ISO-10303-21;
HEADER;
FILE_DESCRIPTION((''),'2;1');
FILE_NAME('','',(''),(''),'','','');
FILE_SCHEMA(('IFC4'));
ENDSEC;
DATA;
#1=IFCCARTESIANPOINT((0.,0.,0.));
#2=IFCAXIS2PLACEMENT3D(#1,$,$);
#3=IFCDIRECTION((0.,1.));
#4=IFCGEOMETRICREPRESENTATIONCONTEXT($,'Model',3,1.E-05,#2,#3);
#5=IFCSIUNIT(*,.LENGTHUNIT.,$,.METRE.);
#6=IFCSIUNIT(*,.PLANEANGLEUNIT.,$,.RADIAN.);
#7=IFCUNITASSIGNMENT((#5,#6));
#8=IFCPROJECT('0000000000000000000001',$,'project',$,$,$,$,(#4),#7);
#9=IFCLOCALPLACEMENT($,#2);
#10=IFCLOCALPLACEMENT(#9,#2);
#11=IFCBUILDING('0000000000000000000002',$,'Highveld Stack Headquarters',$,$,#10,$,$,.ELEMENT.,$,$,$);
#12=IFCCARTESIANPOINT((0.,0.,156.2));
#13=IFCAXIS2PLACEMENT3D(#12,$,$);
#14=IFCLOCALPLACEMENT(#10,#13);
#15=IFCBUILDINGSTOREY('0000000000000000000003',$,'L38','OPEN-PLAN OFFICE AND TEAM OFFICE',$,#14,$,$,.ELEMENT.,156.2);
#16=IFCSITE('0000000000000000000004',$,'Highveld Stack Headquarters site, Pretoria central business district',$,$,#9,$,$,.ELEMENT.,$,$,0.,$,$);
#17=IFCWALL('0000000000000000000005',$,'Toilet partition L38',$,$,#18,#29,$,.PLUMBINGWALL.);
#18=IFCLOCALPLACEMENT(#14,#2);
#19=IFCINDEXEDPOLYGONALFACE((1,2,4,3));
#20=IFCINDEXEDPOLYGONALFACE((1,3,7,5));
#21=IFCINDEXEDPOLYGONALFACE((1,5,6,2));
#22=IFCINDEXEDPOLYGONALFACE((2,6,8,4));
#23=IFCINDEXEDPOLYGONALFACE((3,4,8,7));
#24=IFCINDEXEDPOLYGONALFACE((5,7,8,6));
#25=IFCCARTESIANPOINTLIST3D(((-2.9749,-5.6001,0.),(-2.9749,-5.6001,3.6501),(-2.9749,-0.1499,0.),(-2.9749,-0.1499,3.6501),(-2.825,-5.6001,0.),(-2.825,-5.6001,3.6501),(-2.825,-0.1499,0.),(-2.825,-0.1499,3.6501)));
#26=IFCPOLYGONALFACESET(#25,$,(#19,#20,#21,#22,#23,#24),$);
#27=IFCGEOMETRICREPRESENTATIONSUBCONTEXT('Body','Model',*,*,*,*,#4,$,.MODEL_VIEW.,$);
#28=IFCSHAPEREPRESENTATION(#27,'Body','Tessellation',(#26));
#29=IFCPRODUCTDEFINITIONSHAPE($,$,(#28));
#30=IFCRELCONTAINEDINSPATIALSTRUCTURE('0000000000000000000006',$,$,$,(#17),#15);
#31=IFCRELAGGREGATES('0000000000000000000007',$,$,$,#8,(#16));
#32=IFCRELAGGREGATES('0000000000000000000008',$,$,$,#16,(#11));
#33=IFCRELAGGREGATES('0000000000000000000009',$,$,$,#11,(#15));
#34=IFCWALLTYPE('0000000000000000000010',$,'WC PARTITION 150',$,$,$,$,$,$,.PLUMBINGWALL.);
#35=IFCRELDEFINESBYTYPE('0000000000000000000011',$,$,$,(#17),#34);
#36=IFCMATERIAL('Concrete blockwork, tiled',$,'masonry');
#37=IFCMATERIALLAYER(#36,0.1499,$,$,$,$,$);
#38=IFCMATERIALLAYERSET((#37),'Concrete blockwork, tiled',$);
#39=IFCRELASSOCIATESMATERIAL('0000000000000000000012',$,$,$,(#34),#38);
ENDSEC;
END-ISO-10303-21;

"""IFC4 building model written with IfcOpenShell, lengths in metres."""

from ifc_helpers import new_model, si_unit, direction, frame, frame_2d, origin, place, context, subcontext, project, spatial, rectangle, extrude, material, layer, layer_set, type_object, element, save


model = new_model("IFC4")

# Units and contexts
model_context = context("Model", 3, precision=1e-05, world=origin(), true_north=direction((0.0, 1.0)))
body_context = subcontext(model_context, "Body", "Model", "MODEL_VIEW")
ifc_project = project(units=[si_unit("LENGTHUNIT", "METRE"), si_unit("PLANEANGLEUNIT", "RADIAN")], contexts=[model_context])

# Site, building, storey
site_placement = place(None, origin())
site = spatial("IfcSite", under=ifc_project, at=site_placement, Name="Highveld Stack Headquarters site, Pretoria central business district", CompositionType="ELEMENT", RefElevation=0.0)
building_placement = place(site_placement, origin())
building = spatial("IfcBuilding", under=site, at=building_placement, Name="Highveld Stack Headquarters", CompositionType="ELEMENT")
storey_placement = place(building_placement, frame((0.0, 0.0, 156.2)))
storey = spatial("IfcBuildingStorey", under=building, at=storey_placement, Name="L38", Description="OPEN-PLAN OFFICE AND TEAM OFFICE", CompositionType="ELEMENT", Elevation=156.2)

# Wall
ifc_material_1 = material(Name="Concrete blockwork, tiled", Category="masonry")
ifc_layer_1 = layer(ifc_material_1, 0.1499)
ifc_layer_set_1 = layer_set([ifc_layer_1], Name="Concrete blockwork, tiled")
wall_type_1 = type_object("IfcWallType", Name="WC PARTITION 150", PredefinedType="PLUMBINGWALL", material=ifc_layer_set_1)
wall_1_placement = place(storey_placement, frame((-2.8999, -5.6001, 0.0), z_axis=(0.0, 0.0, 1.0), x_axis=(0.0, 1.0, 0.0)))
element("IfcWall", 1, at=wall_1_placement, inside=storey, type_object=wall_type_1, Name="Toilet partition L38", PredefinedType="PLUMBINGWALL", context=body_context, shape_type="SweptSolid", body=[
    extrude(rectangle(XDim=5.4502, YDim=0.1499, at=frame_2d((2.7251, 0.0))), origin(), (0.0, 0.0, 1.0), 3.6501),
])

save(model, "model.ifc")
